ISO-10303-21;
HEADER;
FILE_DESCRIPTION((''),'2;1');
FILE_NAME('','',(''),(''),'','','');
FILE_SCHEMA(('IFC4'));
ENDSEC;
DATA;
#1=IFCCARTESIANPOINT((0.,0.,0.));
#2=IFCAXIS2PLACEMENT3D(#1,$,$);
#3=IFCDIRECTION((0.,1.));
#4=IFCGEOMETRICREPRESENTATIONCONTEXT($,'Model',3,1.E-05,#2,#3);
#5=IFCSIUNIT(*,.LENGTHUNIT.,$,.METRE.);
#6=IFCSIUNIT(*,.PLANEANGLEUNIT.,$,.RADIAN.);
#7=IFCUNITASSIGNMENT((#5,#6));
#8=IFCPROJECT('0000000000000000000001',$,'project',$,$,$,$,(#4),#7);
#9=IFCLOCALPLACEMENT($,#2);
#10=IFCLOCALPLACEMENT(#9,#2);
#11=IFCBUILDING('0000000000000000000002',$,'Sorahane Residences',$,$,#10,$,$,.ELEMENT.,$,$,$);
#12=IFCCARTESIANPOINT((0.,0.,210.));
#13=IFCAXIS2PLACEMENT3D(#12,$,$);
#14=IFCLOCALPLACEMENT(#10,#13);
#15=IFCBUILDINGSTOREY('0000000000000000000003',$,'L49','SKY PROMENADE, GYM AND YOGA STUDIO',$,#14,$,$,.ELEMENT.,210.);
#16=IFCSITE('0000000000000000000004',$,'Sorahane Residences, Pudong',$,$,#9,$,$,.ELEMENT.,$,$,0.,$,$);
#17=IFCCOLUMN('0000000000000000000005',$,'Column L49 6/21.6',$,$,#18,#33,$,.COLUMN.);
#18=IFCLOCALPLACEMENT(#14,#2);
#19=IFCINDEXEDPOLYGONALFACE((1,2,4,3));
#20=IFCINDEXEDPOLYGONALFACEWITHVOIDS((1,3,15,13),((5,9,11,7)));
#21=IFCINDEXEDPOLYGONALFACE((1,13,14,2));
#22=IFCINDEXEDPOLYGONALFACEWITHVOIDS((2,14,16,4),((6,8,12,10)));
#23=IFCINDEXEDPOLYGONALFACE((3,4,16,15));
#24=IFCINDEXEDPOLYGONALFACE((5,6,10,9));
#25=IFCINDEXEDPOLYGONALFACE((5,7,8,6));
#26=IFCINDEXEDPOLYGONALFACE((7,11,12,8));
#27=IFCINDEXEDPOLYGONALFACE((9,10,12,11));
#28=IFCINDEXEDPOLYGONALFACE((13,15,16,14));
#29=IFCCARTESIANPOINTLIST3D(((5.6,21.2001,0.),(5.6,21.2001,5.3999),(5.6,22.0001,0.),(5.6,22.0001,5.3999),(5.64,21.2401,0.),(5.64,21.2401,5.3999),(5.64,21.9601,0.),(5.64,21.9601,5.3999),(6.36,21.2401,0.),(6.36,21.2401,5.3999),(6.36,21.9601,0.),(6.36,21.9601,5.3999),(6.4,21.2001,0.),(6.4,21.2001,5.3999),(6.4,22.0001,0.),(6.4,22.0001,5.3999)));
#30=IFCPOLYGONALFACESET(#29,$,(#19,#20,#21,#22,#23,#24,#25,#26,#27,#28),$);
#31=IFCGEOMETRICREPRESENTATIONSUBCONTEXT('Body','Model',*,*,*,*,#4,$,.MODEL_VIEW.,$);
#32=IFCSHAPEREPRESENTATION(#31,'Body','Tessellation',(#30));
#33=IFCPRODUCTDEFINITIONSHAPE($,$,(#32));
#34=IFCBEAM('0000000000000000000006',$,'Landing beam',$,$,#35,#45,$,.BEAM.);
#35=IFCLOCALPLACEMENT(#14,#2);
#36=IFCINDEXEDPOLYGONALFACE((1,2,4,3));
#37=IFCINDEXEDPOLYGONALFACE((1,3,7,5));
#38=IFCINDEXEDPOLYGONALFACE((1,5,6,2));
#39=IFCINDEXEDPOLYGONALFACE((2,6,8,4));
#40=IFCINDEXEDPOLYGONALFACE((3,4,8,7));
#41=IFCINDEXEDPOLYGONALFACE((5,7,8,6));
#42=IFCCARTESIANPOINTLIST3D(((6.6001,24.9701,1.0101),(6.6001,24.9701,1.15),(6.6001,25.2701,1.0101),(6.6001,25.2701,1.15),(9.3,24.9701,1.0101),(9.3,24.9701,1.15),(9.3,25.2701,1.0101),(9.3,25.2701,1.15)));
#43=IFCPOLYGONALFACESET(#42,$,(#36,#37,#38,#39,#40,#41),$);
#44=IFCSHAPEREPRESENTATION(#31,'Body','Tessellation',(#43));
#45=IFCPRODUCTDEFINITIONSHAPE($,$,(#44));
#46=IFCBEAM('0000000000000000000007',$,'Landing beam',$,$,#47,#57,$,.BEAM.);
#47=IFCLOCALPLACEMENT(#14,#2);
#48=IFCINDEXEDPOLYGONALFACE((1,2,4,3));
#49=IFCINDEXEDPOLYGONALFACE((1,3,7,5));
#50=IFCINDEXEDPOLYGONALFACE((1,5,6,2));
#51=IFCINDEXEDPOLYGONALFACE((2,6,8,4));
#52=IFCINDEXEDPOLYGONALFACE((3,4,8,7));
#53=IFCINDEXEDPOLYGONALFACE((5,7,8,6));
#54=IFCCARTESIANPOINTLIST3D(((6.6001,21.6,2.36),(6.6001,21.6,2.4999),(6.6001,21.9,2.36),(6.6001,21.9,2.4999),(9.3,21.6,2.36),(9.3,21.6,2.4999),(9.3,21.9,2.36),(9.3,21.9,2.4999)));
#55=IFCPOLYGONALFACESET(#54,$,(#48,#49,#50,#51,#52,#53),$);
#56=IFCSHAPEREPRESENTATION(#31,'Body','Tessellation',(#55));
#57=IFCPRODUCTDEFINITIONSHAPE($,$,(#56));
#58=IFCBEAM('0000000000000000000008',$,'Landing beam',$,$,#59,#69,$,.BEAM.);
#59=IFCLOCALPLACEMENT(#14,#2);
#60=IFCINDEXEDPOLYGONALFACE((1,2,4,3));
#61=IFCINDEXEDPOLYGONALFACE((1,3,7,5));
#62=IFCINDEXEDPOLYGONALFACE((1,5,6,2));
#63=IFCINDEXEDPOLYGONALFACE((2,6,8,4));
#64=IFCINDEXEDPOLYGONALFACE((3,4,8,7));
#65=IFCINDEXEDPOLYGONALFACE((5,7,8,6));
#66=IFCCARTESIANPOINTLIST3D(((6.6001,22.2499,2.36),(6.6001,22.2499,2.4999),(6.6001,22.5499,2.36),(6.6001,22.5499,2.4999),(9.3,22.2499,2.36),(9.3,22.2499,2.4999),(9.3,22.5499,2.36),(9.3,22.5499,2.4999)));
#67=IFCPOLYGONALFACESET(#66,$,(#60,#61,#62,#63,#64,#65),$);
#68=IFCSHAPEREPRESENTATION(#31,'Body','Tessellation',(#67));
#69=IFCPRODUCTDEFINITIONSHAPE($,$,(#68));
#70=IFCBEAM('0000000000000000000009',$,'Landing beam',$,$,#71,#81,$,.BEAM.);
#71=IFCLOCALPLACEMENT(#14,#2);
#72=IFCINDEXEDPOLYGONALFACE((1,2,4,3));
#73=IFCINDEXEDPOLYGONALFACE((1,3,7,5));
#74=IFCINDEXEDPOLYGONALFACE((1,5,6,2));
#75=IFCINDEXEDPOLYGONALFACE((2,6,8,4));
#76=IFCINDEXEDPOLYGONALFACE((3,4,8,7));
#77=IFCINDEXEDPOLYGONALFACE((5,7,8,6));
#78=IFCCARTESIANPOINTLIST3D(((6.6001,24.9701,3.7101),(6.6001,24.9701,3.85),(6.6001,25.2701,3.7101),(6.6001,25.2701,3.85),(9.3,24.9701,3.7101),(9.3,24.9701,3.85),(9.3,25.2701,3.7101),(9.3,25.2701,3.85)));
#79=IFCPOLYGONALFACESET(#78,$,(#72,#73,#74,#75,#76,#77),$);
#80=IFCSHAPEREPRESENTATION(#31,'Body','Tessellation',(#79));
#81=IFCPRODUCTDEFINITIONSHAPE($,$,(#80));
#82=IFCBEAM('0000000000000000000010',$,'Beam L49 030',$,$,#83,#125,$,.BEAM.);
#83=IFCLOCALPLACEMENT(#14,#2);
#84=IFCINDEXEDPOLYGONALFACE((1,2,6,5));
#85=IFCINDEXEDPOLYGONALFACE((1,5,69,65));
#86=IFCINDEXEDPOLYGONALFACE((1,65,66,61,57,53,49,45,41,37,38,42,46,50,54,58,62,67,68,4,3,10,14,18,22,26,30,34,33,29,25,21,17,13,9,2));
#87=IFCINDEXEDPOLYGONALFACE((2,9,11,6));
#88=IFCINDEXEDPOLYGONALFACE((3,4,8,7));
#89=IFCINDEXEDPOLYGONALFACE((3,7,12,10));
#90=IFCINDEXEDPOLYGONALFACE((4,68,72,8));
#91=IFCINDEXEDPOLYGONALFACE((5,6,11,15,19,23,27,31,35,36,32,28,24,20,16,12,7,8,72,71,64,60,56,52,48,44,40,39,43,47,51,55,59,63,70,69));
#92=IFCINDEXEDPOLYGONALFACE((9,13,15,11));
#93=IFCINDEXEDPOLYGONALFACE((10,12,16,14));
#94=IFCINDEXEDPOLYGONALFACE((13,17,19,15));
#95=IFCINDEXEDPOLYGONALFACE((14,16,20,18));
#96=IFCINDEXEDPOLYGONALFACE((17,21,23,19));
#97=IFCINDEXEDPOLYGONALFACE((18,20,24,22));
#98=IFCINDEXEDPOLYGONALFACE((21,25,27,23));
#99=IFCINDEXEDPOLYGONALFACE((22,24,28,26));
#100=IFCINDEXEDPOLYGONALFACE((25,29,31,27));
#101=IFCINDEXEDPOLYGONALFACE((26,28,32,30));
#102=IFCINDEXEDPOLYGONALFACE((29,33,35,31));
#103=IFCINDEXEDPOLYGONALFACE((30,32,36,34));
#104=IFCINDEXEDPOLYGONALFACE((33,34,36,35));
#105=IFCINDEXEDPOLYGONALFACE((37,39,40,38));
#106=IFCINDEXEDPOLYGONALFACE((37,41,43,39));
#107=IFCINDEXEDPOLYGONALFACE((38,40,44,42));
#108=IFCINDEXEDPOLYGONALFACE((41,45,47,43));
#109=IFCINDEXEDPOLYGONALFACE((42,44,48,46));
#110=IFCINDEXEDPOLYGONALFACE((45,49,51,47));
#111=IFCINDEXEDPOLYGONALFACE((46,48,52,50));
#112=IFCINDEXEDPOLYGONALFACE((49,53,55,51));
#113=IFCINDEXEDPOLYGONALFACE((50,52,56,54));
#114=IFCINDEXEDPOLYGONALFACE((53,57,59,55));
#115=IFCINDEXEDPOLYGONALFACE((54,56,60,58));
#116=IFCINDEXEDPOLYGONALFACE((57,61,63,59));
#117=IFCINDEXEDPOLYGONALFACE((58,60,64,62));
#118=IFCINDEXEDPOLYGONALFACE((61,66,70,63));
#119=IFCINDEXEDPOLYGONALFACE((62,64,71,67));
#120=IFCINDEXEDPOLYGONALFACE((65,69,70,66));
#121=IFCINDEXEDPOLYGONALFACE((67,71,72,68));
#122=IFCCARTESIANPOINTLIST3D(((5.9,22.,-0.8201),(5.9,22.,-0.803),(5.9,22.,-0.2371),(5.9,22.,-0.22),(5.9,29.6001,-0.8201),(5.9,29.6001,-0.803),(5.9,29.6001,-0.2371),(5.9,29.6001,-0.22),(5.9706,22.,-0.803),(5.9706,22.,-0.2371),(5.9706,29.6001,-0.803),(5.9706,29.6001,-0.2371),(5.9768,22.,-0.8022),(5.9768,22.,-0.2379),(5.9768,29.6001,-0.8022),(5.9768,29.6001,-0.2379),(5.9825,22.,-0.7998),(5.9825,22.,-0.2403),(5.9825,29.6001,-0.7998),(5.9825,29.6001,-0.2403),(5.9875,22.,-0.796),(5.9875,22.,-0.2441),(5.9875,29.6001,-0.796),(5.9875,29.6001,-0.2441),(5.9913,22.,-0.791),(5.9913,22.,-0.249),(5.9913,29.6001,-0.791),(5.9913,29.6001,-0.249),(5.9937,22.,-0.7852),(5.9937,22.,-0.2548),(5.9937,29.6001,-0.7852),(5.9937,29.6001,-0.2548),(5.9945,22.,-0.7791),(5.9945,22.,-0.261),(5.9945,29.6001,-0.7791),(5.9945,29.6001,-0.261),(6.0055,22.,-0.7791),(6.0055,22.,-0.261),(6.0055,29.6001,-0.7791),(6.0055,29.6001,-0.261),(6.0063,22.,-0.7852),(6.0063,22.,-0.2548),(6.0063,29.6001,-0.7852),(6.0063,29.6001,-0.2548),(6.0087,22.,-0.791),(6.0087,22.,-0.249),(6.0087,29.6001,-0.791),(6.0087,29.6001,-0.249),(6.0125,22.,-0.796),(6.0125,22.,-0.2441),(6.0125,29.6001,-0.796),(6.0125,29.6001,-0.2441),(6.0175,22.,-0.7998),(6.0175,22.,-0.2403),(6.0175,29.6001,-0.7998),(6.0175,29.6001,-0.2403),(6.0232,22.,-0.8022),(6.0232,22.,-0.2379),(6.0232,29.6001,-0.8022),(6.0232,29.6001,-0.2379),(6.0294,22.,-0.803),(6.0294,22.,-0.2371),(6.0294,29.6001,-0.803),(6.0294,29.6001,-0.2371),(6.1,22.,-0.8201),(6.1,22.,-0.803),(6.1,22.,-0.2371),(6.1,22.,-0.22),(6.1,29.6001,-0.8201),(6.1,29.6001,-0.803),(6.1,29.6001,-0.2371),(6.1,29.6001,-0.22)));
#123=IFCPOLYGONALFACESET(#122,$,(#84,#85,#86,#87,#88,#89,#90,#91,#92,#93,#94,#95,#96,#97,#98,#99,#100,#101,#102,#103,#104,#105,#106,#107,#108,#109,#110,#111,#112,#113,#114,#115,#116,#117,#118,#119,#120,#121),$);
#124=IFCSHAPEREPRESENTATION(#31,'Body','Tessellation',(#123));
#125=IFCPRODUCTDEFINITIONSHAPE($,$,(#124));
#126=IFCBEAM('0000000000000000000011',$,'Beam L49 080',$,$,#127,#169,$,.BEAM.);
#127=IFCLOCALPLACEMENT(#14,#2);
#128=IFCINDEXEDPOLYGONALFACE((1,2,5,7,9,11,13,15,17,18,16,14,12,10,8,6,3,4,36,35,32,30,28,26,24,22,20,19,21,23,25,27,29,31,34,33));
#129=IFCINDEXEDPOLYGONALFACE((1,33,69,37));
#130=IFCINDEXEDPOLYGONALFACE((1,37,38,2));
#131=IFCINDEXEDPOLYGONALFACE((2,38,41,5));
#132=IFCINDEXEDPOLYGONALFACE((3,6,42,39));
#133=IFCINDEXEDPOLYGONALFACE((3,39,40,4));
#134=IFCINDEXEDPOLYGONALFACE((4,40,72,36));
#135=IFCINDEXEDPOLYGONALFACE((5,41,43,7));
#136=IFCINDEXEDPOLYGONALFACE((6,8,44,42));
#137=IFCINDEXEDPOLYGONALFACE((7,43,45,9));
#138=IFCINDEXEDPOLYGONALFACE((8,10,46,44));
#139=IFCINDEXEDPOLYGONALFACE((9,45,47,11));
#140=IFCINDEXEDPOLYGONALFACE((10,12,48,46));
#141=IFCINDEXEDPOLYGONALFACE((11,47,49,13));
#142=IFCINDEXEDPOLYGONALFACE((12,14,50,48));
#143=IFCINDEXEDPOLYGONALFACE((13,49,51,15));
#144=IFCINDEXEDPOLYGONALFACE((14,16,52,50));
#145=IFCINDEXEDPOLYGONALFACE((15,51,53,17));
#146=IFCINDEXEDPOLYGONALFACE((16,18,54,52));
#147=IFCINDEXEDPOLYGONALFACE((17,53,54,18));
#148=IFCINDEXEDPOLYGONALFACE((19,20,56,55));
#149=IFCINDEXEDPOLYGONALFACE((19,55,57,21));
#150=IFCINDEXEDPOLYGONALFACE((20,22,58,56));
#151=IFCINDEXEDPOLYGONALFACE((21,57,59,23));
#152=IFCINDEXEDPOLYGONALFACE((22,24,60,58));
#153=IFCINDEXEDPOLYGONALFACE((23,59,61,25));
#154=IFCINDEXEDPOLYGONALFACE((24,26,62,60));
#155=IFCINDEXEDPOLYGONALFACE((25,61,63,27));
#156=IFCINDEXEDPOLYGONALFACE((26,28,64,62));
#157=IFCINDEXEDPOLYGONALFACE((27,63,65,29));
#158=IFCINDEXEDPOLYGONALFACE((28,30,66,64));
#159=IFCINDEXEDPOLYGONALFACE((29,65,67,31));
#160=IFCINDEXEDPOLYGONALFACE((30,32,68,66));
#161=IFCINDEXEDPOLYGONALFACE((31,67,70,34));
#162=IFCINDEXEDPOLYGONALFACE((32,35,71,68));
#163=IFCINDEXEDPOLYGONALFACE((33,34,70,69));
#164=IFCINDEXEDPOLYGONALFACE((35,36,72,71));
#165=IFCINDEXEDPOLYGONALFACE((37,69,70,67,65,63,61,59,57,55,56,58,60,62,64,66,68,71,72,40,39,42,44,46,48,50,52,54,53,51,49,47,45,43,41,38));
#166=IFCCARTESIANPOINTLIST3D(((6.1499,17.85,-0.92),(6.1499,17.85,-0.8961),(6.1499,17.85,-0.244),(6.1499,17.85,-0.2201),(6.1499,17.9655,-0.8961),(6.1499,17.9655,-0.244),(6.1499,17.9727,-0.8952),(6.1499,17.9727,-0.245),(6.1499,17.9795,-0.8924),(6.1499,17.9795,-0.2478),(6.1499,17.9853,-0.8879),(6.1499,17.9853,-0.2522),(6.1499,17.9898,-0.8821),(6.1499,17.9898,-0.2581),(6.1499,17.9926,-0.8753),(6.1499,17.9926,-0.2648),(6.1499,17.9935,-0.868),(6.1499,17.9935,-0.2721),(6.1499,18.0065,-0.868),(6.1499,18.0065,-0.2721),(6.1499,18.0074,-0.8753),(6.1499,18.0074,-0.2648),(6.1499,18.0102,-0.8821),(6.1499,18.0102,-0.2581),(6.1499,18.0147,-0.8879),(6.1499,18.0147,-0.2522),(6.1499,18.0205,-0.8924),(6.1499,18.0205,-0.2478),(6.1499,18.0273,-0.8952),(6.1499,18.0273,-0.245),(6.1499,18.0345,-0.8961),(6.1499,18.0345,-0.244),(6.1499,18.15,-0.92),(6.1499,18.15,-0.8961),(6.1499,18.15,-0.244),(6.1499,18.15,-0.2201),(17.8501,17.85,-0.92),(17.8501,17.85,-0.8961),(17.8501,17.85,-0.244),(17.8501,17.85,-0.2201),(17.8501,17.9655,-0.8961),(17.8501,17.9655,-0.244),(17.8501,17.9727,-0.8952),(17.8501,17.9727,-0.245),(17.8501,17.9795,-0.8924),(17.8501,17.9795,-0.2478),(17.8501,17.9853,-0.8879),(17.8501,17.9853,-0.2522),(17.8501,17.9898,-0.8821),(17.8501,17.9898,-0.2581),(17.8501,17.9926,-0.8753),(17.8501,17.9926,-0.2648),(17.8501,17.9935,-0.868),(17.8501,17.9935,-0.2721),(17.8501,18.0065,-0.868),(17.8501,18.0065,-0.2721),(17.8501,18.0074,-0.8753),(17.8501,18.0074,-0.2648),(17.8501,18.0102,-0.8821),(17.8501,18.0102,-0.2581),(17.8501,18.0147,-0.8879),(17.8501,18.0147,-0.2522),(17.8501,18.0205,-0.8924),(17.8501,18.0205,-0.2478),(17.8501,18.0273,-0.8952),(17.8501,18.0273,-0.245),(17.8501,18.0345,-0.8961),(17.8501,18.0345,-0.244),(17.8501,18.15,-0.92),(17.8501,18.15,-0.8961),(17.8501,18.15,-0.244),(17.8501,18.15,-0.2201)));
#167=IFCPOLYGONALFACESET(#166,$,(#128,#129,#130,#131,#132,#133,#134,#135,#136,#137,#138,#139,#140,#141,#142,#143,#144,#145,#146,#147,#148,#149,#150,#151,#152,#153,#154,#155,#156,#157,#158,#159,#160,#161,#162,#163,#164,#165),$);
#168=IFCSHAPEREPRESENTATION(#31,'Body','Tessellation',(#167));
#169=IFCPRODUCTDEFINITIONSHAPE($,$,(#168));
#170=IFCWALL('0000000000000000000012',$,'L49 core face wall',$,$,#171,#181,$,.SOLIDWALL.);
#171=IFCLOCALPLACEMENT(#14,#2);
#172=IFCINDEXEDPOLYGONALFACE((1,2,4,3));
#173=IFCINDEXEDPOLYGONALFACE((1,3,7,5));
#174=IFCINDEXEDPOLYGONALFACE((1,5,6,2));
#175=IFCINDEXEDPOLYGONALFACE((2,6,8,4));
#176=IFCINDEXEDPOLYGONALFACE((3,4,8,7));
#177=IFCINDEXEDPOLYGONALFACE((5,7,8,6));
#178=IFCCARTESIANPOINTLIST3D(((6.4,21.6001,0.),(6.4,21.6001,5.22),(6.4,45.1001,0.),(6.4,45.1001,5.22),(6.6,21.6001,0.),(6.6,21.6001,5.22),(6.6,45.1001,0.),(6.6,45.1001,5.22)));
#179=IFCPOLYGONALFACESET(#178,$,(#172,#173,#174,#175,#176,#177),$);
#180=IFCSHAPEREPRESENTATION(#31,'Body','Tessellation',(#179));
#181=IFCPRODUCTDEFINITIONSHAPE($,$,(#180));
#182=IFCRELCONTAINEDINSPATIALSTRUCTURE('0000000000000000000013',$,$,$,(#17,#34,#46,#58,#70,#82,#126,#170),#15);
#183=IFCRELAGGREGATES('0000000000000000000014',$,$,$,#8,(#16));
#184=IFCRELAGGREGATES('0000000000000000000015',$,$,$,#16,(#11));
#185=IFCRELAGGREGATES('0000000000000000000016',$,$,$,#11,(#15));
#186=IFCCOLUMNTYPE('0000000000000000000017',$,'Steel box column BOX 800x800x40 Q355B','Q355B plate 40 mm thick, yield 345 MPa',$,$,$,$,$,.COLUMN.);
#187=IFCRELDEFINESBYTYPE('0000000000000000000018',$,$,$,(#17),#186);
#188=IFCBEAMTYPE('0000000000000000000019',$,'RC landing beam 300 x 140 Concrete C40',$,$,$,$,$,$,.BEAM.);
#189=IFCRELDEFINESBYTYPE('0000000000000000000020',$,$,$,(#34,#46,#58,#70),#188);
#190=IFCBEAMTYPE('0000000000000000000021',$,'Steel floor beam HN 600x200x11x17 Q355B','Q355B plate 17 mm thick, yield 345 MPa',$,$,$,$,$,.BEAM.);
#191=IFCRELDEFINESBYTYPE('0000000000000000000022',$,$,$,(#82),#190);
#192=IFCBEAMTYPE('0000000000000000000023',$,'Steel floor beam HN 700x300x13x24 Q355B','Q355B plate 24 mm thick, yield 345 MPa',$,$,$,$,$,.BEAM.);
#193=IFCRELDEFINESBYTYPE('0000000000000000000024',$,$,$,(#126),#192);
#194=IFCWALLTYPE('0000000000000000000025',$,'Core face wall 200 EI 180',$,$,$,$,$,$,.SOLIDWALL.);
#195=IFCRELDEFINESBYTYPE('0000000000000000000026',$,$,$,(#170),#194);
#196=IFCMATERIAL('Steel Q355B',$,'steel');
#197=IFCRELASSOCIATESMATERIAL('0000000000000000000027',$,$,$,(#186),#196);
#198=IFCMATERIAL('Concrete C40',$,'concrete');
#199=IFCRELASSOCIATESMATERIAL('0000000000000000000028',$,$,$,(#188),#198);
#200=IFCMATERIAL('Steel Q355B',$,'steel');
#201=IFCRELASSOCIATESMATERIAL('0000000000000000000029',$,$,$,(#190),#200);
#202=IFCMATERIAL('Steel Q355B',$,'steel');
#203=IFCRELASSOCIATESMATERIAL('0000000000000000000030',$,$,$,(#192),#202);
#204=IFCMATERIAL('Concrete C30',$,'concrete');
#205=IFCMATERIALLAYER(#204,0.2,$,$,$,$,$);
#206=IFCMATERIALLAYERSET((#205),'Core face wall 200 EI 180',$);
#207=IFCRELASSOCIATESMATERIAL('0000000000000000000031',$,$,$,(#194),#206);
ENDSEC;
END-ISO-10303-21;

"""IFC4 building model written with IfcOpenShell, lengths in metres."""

from ifc_helpers import new_model, si_unit, direction, frame, frame_2d, origin, origin_2d, place, context, subcontext, project, spatial, rectangle, hollow_rectangle, i_section, extrude, material, layer, layer_set, material_profile, profile_set, type_object, element, save


model = new_model("IFC4")

# Units and contexts
model_context = context("Model", 3, precision=1e-05, world=origin(), true_north=direction((0.0, 1.0)))
body_context = subcontext(model_context, "Body", "Model", "MODEL_VIEW")
ifc_project = project(units=[si_unit("LENGTHUNIT", "METRE"), si_unit("PLANEANGLEUNIT", "RADIAN")], contexts=[model_context])

# Site, building, storey
site_placement = place(None, origin())
site = spatial("IfcSite", under=ifc_project, at=site_placement, Name="Sorahane Residences, Pudong", CompositionType="ELEMENT", RefElevation=0.0)
building_placement = place(site_placement, origin())
building = spatial("IfcBuilding", under=site, at=building_placement, Name="Sorahane Residences", CompositionType="ELEMENT")
storey_placement = place(building_placement, frame((0.0, 0.0, 210.0)))
storey = spatial("IfcBuildingStorey", under=building, at=storey_placement, Name="L49", Description="SKY PROMENADE, GYM AND YOGA STUDIO", CompositionType="ELEMENT", Elevation=210.0)

# Column
ifc_material_1 = material(Name="Steel Q355B", Category="steel")
ifc_material_profile_1 = material_profile(ifc_material_1, hollow_rectangle(XDim=0.8, YDim=0.8, WallThickness=0.04, at=origin_2d()), Name="BOX 800x800x40")
ifc_profile_set_1 = profile_set([ifc_material_profile_1], Name="Steel Q355B")
column_type = type_object("IfcColumnType", Name="Steel box column BOX 800x800x40 Q355B", Description="Q355B plate 40 mm thick, yield 345 MPa", PredefinedType="COLUMN", material=ifc_profile_set_1)
column_placement = place(storey_placement, frame((6.0, 21.6001, 0.0), z_axis=(0.0, 0.0, 1.0), x_axis=(1.0, 0.0, 0.0)))
element("IfcColumn", 1, at=column_placement, inside=storey, type_object=column_type, Name="Column L49 6/21.6", PredefinedType="COLUMN", context=body_context, shape_type="SweptSolid", body=[
    extrude(hollow_rectangle(XDim=0.8, YDim=0.8, WallThickness=0.04, at=origin_2d()), origin(), (0.0, 0.0, 1.0), 5.3999),
])

# Beams
ifc_material_2 = material(Name="Concrete C40", Category="concrete")
ifc_material_profile_2 = material_profile(ifc_material_2, rectangle(XDim=0.3, YDim=0.1399, at=origin_2d()), Name="300x140")
ifc_profile_set_2 = profile_set([ifc_material_profile_2], Name="Concrete C40")
beam_type_1 = type_object("IfcBeamType", Name="RC landing beam 300 x 140 Concrete C40", PredefinedType="BEAM", material=ifc_profile_set_2)
for number, where, z_axis, x_axis, name in (
    (2, (6.6001, 25.1201, 1.0801), (1.0, 0.0, 0.0), (0.0, 1.0, 0.0), "Landing beam"),
    (3, (6.6001, 21.75, 2.4299), (1.0, 0.0, 0.0), (0.0, 1.0, 0.0), "Landing beam"),
    (4, (6.6001, 22.3999, 2.4299), (1.0, 0.0, 0.0), (0.0, 1.0, 0.0), "Landing beam"),
    (5, (6.6001, 25.1201, 3.78), (1.0, 0.0, 0.0), (0.0, 1.0, 0.0), "Landing beam"),
):
    element("IfcBeam", number, at=place(storey_placement, frame(where, z_axis=z_axis, x_axis=x_axis)), inside=storey, type_object=beam_type_1, Name=name, PredefinedType="BEAM", context=body_context, shape_type="SweptSolid", body=[
        extrude(rectangle(XDim=0.3, YDim=0.1399, at=origin_2d()), origin(), (0.0, 0.0, 1.0), 2.7),
    ])
ifc_material_3 = material(Name="Steel Q355B", Category="steel")
ifc_material_profile_3 = material_profile(ifc_material_3, i_section(OverallWidth=0.2, OverallDepth=0.6001, WebThickness=0.011, FlangeThickness=0.0171, FilletRadius=0.0239, at=origin_2d()), Name="HN 600x200x11x17")
ifc_profile_set_3 = profile_set([ifc_material_profile_3], Name="Steel Q355B")
beam_type_2 = type_object("IfcBeamType", Name="Steel floor beam HN 600x200x11x17 Q355B", Description="Q355B plate 17 mm thick, yield 345 MPa", PredefinedType="BEAM", material=ifc_profile_set_3)
beam_1_placement = place(storey_placement, frame((6.0, 22.0, -0.52), z_axis=(0.0, 1.0, 0.0), x_axis=(-1.0, 0.0, 0.0)))
element("IfcBeam", 6, at=beam_1_placement, inside=storey, type_object=beam_type_2, Name="Beam L49 030", PredefinedType="BEAM", context=body_context, shape_type="SweptSolid", body=[
    extrude(i_section(OverallWidth=0.2, OverallDepth=0.6001, WebThickness=0.011, FlangeThickness=0.0171, FilletRadius=0.0239, at=origin_2d()), origin(), (0.0, 0.0, 1.0), 7.6001),
])
ifc_material_4 = material(Name="Steel Q355B", Category="steel")
ifc_material_profile_4 = material_profile(ifc_material_4, i_section(OverallWidth=0.3, OverallDepth=0.7, WebThickness=0.0129, FlangeThickness=0.0239, FilletRadius=0.0281, at=origin_2d()), Name="HN 700x300x13x24")
ifc_profile_set_4 = profile_set([ifc_material_profile_4], Name="Steel Q355B")
beam_type_3 = type_object("IfcBeamType", Name="Steel floor beam HN 700x300x13x24 Q355B", Description="Q355B plate 24 mm thick, yield 345 MPa", PredefinedType="BEAM", material=ifc_profile_set_4)
beam_2_placement = place(storey_placement, frame((6.1499, 18.0, -0.5701), z_axis=(1.0, 0.0, 0.0), x_axis=(0.0, 1.0, 0.0)))
element("IfcBeam", 7, at=beam_2_placement, inside=storey, type_object=beam_type_3, Name="Beam L49 080", PredefinedType="BEAM", context=body_context, shape_type="SweptSolid", body=[
    extrude(i_section(OverallWidth=0.3, OverallDepth=0.7, WebThickness=0.0129, FlangeThickness=0.0239, FilletRadius=0.0281, at=origin_2d()), origin(), (0.0, 0.0, 1.0), 11.7002),
])

# Wall
ifc_material_5 = material(Name="Concrete C30", Category="concrete")
ifc_layer_1 = layer(ifc_material_5, 0.2)
ifc_layer_set_1 = layer_set([ifc_layer_1], Name="Core face wall 200 EI 180")
wall_type_1 = type_object("IfcWallType", Name="Core face wall 200 EI 180", PredefinedType="SOLIDWALL", material=ifc_layer_set_1)
wall_1_placement = place(storey_placement, frame((6.5, 21.6001, 0.0), z_axis=(0.0, 0.0, 1.0), x_axis=(0.0, 1.0, 0.0)))
element("IfcWall", 8, at=wall_1_placement, inside=storey, type_object=wall_type_1, Name="L49 core face wall", PredefinedType="SOLIDWALL", context=body_context, shape_type="SweptSolid", body=[
    extrude(rectangle(XDim=23.5, YDim=0.2, at=frame_2d((11.75, 0.0))), origin(), (0.0, 0.0, 1.0), 5.22),
])

save(model, "model.ifc")
